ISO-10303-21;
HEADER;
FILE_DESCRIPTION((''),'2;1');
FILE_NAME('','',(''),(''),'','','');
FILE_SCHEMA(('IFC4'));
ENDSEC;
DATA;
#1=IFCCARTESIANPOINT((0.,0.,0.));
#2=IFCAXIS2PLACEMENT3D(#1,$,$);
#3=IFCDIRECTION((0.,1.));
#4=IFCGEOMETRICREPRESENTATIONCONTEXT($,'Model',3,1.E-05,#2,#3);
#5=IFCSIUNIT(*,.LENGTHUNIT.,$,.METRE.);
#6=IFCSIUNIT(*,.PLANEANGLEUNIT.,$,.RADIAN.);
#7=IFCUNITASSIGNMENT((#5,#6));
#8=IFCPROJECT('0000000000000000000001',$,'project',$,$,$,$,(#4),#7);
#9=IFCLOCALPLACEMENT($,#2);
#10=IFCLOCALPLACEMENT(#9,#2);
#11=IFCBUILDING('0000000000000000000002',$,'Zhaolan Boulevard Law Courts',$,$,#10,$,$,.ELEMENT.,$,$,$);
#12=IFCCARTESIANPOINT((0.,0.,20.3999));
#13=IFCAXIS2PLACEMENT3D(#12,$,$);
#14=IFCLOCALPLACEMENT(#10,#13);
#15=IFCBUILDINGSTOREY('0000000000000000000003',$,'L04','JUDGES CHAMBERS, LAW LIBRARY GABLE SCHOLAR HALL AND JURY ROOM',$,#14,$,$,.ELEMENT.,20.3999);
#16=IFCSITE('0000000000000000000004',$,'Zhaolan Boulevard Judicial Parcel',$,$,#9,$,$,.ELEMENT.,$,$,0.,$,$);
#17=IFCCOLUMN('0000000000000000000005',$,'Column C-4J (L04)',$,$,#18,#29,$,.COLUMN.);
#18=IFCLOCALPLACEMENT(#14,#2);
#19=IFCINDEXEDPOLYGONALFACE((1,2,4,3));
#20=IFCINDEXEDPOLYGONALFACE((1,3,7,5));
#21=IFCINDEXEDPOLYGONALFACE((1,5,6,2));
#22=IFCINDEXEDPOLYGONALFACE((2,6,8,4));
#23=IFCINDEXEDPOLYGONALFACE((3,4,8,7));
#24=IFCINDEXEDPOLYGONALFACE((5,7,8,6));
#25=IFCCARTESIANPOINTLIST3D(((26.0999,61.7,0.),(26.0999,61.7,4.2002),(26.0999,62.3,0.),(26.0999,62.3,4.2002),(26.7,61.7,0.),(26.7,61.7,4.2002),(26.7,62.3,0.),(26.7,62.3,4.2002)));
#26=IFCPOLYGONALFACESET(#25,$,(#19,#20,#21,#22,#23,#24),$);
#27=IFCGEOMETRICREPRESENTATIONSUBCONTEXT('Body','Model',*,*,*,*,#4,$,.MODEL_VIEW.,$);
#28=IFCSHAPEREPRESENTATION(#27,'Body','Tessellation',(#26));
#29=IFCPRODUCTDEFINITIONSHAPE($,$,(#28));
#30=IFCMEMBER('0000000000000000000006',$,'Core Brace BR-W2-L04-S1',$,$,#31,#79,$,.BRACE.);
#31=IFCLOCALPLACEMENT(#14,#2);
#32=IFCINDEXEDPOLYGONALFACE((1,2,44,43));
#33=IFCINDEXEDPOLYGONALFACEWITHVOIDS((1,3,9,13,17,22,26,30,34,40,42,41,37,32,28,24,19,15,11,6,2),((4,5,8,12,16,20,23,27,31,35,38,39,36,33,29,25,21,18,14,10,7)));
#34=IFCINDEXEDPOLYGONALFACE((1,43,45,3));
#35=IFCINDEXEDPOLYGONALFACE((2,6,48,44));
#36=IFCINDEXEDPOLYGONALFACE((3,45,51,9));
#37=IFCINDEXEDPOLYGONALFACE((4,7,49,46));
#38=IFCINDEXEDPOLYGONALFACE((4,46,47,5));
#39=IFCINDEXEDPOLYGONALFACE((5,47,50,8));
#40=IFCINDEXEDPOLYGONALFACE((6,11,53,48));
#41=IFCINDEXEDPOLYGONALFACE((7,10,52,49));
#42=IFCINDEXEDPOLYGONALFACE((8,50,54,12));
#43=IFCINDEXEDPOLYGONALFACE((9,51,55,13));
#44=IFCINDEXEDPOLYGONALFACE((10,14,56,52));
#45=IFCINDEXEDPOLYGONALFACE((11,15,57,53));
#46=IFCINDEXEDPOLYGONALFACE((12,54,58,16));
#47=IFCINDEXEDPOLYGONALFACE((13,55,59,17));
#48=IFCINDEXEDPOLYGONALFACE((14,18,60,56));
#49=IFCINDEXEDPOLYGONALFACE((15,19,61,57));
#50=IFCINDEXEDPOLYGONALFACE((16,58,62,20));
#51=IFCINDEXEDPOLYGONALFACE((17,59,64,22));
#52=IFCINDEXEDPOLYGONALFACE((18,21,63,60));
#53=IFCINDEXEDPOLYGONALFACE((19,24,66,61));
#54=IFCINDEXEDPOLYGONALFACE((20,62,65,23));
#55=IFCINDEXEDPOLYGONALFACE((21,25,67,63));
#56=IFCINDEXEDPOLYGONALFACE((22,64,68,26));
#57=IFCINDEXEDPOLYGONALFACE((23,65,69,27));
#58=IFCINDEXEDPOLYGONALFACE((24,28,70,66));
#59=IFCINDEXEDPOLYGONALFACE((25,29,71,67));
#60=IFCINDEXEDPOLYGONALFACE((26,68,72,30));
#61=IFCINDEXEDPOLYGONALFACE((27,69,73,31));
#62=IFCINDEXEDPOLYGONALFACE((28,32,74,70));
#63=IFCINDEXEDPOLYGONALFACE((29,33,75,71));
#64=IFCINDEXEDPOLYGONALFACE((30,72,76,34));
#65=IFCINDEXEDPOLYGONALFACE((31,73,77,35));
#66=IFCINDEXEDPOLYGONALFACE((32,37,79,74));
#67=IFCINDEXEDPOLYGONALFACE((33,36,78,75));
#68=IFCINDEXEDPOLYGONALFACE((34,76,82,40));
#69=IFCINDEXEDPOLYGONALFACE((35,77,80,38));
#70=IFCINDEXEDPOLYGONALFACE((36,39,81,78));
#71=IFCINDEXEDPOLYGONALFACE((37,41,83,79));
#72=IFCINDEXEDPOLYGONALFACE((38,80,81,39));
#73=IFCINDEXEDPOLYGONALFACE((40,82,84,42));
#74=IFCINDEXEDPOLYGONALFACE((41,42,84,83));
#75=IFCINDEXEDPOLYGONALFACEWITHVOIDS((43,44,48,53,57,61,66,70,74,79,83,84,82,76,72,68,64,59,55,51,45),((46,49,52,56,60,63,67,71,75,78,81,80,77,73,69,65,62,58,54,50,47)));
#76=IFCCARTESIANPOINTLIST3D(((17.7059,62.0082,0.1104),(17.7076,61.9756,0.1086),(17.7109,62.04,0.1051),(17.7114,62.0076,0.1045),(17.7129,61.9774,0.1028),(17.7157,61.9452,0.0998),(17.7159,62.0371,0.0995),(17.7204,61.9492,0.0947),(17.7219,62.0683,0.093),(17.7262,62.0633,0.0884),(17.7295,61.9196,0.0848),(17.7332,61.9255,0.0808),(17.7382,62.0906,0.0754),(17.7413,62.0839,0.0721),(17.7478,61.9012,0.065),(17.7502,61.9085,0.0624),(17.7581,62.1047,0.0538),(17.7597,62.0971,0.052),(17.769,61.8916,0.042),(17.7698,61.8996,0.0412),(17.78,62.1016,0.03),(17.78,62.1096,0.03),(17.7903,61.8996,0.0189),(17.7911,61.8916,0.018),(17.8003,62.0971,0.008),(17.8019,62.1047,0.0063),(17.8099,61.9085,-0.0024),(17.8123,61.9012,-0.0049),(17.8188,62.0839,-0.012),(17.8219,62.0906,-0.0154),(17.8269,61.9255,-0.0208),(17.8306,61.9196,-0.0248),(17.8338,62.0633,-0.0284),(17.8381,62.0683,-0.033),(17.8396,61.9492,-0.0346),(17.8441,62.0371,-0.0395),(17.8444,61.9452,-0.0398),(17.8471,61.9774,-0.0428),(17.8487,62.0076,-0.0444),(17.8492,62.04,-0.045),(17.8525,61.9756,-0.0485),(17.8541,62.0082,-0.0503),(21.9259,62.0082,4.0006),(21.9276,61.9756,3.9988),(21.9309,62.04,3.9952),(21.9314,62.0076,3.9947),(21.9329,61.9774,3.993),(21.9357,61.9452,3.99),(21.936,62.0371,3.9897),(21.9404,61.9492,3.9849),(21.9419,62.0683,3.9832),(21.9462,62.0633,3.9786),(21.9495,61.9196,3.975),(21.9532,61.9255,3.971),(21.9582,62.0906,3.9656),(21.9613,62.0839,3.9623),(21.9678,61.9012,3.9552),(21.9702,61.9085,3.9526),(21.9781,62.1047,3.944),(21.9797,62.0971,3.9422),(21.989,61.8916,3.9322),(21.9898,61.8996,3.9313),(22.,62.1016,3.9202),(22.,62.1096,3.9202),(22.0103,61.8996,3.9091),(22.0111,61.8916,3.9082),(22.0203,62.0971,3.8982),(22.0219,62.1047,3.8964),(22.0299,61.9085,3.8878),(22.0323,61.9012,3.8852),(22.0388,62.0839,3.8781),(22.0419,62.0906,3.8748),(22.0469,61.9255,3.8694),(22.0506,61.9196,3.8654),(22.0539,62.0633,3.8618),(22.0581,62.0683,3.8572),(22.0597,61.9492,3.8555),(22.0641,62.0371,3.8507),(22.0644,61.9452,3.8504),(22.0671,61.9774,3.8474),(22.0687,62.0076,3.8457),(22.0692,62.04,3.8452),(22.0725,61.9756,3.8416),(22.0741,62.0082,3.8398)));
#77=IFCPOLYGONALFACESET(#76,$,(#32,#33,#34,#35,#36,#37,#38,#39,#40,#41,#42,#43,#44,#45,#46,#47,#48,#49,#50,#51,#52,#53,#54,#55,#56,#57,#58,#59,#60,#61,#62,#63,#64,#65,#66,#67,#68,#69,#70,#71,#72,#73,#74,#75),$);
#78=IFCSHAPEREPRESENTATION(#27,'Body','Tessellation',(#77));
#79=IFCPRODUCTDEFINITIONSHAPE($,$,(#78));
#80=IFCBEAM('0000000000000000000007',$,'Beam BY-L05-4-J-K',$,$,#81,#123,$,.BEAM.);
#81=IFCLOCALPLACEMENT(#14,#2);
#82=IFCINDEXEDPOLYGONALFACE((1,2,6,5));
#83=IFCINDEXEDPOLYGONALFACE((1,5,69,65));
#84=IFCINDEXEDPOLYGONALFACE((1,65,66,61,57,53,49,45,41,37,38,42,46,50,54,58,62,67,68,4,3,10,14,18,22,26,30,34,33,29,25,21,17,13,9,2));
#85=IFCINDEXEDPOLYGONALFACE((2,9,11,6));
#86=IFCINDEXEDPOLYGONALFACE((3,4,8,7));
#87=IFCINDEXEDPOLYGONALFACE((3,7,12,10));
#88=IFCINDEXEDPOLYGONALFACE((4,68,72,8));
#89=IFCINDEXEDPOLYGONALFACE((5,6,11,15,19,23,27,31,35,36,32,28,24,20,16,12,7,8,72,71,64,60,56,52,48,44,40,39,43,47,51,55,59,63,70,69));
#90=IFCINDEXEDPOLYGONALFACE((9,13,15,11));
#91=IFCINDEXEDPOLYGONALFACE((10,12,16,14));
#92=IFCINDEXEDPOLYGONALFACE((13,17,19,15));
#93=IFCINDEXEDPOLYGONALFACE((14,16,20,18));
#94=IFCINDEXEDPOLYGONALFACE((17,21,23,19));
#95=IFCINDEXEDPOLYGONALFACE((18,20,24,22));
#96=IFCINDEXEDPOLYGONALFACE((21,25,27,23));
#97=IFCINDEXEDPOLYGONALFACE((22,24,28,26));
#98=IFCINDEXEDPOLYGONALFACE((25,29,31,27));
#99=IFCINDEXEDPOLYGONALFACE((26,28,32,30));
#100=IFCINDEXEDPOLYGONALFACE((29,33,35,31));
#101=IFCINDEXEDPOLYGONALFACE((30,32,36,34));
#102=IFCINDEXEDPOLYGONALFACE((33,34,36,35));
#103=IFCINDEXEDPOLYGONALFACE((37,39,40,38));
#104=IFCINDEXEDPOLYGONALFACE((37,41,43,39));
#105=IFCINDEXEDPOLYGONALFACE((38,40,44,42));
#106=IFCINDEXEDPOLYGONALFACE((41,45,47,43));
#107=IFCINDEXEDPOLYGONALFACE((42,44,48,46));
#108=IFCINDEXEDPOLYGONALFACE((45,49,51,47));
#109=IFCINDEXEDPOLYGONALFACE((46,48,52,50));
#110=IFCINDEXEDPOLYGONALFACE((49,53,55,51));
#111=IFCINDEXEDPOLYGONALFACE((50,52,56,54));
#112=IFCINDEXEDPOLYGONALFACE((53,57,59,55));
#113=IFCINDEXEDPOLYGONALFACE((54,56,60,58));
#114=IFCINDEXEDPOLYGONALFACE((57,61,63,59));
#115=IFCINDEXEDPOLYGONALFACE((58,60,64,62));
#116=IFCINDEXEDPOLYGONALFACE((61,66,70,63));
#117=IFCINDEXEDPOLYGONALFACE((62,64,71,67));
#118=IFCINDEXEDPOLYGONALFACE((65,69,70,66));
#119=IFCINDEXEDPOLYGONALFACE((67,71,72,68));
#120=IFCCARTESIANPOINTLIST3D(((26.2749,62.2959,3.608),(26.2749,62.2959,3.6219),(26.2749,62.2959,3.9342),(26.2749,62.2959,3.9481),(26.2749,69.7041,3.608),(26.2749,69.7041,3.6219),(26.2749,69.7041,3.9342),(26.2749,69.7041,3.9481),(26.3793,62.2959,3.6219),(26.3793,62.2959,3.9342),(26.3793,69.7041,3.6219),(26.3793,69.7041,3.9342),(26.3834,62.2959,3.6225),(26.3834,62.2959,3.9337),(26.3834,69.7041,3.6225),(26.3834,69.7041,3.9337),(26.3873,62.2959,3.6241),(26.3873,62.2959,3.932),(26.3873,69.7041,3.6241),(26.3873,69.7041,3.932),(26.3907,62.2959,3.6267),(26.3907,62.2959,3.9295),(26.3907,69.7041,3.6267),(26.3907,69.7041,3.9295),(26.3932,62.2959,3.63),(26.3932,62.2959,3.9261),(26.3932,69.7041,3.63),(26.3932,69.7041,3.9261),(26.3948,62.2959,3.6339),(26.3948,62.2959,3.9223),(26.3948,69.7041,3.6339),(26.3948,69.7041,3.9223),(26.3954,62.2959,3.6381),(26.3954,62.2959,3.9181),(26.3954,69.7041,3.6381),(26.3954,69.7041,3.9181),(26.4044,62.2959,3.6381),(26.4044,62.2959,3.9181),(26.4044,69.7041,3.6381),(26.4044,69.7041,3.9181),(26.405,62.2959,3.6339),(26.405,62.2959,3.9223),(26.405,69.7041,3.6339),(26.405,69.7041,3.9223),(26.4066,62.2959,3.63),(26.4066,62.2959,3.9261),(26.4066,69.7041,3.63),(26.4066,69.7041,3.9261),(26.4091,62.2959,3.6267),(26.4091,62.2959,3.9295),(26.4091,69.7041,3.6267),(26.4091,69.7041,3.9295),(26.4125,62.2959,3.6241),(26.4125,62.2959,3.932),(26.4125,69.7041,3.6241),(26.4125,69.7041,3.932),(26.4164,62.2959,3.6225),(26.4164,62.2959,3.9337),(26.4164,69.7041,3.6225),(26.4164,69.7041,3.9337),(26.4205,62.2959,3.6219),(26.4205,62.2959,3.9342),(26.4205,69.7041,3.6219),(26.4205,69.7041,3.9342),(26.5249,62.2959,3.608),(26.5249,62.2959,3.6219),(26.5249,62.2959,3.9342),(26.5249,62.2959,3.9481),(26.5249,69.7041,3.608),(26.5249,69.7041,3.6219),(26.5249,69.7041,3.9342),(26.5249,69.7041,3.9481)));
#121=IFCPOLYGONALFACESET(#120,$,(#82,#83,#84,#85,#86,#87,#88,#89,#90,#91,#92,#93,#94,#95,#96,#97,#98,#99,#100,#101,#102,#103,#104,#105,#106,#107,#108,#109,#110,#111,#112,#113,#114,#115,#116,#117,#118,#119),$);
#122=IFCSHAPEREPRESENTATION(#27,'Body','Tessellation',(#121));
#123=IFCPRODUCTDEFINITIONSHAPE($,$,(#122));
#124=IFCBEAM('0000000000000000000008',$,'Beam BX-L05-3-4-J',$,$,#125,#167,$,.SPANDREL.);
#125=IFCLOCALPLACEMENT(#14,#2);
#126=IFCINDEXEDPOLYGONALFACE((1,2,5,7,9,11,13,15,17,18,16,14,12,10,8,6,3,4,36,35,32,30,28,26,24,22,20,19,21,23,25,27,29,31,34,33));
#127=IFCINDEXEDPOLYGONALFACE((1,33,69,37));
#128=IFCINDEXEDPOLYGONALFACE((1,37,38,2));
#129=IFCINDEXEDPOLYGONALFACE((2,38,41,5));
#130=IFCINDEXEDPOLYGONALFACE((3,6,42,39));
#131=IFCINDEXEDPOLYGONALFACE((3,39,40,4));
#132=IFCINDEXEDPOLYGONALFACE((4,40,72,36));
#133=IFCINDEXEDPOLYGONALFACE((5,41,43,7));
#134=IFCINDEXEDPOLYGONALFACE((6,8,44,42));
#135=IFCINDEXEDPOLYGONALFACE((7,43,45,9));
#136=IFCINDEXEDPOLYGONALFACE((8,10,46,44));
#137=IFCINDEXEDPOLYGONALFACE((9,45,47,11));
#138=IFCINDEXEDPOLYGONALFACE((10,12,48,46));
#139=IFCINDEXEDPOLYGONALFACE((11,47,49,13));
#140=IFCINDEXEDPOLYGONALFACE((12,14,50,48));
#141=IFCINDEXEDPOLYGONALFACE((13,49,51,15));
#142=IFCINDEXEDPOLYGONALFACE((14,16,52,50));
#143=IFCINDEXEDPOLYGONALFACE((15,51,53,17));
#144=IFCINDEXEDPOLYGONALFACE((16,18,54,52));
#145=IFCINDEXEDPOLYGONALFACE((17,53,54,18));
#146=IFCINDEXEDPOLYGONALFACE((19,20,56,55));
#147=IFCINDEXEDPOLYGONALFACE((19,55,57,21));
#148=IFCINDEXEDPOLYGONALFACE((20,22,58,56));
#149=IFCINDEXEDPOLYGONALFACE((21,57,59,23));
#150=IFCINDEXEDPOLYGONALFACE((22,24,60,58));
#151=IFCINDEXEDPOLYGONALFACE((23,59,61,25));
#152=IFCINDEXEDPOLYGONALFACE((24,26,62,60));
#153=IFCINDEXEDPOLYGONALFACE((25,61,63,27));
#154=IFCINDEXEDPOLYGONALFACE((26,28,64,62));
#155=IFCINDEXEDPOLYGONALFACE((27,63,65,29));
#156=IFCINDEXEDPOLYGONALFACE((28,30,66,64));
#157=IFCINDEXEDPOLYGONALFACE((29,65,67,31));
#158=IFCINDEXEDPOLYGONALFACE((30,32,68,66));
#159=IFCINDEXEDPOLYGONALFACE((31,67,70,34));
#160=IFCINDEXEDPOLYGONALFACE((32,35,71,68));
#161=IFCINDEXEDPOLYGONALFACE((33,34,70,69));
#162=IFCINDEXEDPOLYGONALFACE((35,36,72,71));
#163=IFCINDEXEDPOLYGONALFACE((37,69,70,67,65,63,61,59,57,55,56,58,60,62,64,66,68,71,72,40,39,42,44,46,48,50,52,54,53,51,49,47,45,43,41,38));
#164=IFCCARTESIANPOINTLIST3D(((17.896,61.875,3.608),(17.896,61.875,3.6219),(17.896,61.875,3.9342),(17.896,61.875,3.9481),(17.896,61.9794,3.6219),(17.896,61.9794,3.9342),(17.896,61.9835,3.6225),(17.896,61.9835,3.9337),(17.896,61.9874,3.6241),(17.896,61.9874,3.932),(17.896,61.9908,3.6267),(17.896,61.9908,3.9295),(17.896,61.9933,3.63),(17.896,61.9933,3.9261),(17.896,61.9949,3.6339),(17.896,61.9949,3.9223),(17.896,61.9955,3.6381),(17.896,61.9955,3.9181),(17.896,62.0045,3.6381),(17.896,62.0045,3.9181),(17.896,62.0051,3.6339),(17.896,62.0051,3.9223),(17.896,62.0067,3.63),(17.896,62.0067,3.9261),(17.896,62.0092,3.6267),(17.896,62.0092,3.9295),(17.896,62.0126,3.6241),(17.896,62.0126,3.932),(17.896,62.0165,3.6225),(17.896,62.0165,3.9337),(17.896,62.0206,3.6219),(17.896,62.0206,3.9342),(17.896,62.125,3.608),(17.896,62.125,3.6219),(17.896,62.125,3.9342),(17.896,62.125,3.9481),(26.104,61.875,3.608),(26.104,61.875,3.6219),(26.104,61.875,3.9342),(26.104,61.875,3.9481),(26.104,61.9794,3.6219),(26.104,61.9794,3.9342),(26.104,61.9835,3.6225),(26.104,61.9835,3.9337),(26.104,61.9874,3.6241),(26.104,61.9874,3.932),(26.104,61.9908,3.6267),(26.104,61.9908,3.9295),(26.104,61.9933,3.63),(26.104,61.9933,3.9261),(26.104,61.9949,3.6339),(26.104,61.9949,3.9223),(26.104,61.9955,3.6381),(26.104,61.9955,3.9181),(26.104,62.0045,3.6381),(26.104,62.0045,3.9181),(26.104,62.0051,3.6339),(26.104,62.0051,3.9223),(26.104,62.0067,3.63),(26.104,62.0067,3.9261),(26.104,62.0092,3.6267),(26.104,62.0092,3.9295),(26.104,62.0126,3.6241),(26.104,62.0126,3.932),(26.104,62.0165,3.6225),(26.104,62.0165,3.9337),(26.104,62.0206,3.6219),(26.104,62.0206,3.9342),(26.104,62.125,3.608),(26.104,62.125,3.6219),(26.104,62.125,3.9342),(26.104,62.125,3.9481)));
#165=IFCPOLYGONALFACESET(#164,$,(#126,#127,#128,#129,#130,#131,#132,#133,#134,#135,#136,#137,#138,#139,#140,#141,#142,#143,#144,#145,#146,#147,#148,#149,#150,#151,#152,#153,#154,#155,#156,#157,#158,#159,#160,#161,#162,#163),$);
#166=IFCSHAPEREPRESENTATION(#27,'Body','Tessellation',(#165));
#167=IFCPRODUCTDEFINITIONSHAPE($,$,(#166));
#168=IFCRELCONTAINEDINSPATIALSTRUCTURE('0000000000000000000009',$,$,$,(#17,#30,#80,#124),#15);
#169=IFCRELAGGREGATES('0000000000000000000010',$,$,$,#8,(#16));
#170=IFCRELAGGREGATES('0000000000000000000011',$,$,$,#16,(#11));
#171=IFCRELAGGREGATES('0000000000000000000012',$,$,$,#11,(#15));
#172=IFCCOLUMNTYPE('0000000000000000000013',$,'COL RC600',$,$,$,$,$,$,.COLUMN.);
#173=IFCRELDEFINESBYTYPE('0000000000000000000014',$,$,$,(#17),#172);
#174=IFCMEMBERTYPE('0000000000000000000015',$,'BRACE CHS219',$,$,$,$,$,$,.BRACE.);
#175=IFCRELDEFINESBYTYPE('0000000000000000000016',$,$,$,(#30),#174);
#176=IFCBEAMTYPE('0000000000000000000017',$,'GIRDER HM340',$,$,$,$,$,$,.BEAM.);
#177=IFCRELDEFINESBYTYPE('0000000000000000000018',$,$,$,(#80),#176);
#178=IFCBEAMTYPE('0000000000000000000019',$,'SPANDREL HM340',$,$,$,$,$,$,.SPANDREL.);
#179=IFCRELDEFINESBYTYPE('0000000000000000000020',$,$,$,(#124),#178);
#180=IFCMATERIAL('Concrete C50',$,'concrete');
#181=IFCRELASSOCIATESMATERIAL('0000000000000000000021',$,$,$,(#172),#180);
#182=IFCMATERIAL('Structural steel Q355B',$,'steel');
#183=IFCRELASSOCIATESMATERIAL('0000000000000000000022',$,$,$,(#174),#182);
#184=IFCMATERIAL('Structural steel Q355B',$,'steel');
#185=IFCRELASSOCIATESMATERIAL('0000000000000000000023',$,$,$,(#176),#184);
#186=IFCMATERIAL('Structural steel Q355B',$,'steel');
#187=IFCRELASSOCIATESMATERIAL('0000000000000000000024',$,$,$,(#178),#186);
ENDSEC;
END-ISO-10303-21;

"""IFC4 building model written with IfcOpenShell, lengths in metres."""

from ifc_helpers import new_model, si_unit, direction, frame, origin, origin_2d, place, context, subcontext, project, spatial, rectangle, hollow_circle, i_section, extrude, material, material_profile, profile_set, type_object, element, save


model = new_model("IFC4")

# Units and contexts
model_context = context("Model", 3, precision=1e-05, world=origin(), true_north=direction((0.0, 1.0)))
body_context = subcontext(model_context, "Body", "Model", "MODEL_VIEW")
ifc_project = project(units=[si_unit("LENGTHUNIT", "METRE"), si_unit("PLANEANGLEUNIT", "RADIAN")], contexts=[model_context])

# Site, building, storey
site_placement = place(None, origin())
site = spatial("IfcSite", under=ifc_project, at=site_placement, Name="Zhaolan Boulevard Judicial Parcel", CompositionType="ELEMENT", RefElevation=0.0)
building_placement = place(site_placement, origin())
building = spatial("IfcBuilding", under=site, at=building_placement, Name="Zhaolan Boulevard Law Courts", CompositionType="ELEMENT")
storey_placement = place(building_placement, frame((0.0, 0.0, 20.3999)))
storey = spatial("IfcBuildingStorey", under=building, at=storey_placement, Name="L04", Description="JUDGES CHAMBERS, LAW LIBRARY GABLE SCHOLAR HALL AND JURY ROOM", CompositionType="ELEMENT", Elevation=20.3999)

# Column
ifc_material_1 = material(Name="Concrete C50", Category="concrete")
ifc_material_profile_1 = material_profile(ifc_material_1, rectangle(XDim=0.6001, YDim=0.6001, at=origin_2d()), Name="RC600x600")
ifc_profile_set_1 = profile_set([ifc_material_profile_1], Name="Concrete C50")
column_type = type_object("IfcColumnType", Name="COL RC600", PredefinedType="COLUMN", material=ifc_profile_set_1)
column_placement = place(storey_placement, frame((26.3999, 62.0, 0.0), z_axis=(0.0, 0.0, 1.0), x_axis=(1.0, 0.0, 0.0)))
element("IfcColumn", 1, at=column_placement, inside=storey, type_object=column_type, Name="Column C-4J (L04)", PredefinedType="COLUMN", context=body_context, shape_type="SweptSolid", body=[
    extrude(rectangle(XDim=0.6001, YDim=0.6001, at=origin_2d()), origin(), (0.0, 0.0, 1.0), 4.2002),
])

# Member
ifc_material_2 = material(Name="Structural steel Q355B", Category="steel")
ifc_material_profile_2 = material_profile(ifc_material_2, hollow_circle(Radius=0.1096, WallThickness=0.0081, at=origin_2d()), Name="CHS219x8")
ifc_profile_set_2 = profile_set([ifc_material_profile_2], Name="Structural steel Q355B")
member_type_1 = type_object("IfcMemberType", Name="BRACE CHS219", PredefinedType="BRACE", material=ifc_profile_set_2)
member_1_placement = place(storey_placement, frame((17.78, 62.0, 0.03), z_axis=(0.735257, 0.0, 0.677789), x_axis=(0.0, 1.0, 0.0)))
element("IfcMember", 2, at=member_1_placement, inside=storey, type_object=member_type_1, Name="Core Brace BR-W2-L04-S1", PredefinedType="BRACE", context=body_context, shape_type="SweptSolid", body=[
    extrude(hollow_circle(Radius=0.1096, WallThickness=0.0081, at=origin_2d()), origin(), (0.0, 0.0, 1.0), 5.7395),
])

# Beams
ifc_material_3 = material(Name="Structural steel Q355B", Category="steel")
ifc_material_profile_3 = material_profile(ifc_material_3, i_section(OverallWidth=0.25, OverallDepth=0.3401, WebThickness=0.009, FlangeThickness=0.0139, FilletRadius=0.0161, at=origin_2d()), Name="HM340x250")
ifc_profile_set_3 = profile_set([ifc_material_profile_3], Name="Structural steel Q355B")
beam_type_1 = type_object("IfcBeamType", Name="GIRDER HM340", PredefinedType="BEAM", material=ifc_profile_set_3)
beam_1_placement = place(storey_placement, frame((26.3999, 62.2959, 3.7781), z_axis=(0.0, 1.0, 0.0), x_axis=(-1.0, 0.0, 0.0)))
element("IfcBeam", 3, at=beam_1_placement, inside=storey, type_object=beam_type_1, Name="Beam BY-L05-4-J-K", PredefinedType="BEAM", context=body_context, shape_type="SweptSolid", body=[
    extrude(i_section(OverallWidth=0.25, OverallDepth=0.3401, WebThickness=0.009, FlangeThickness=0.0139, FilletRadius=0.0161, at=origin_2d()), origin(), (0.0, 0.0, 1.0), 7.4082),
])
ifc_material_4 = material(Name="Structural steel Q355B", Category="steel")
ifc_material_profile_4 = material_profile(ifc_material_4, i_section(OverallWidth=0.25, OverallDepth=0.3401, WebThickness=0.009, FlangeThickness=0.0139, FilletRadius=0.0161, at=origin_2d()), Name="HM340x250")
ifc_profile_set_4 = profile_set([ifc_material_profile_4], Name="Structural steel Q355B")
beam_type_2 = type_object("IfcBeamType", Name="SPANDREL HM340", PredefinedType="SPANDREL", material=ifc_profile_set_4)
beam_2_placement = place(storey_placement, frame((17.896, 62.0, 3.7781), z_axis=(1.0, 0.0, 0.0), x_axis=(0.0, 1.0, 0.0)))
element("IfcBeam", 4, at=beam_2_placement, inside=storey, type_object=beam_type_2, Name="Beam BX-L05-3-4-J", PredefinedType="SPANDREL", context=body_context, shape_type="SweptSolid", body=[
    extrude(i_section(OverallWidth=0.25, OverallDepth=0.3401, WebThickness=0.009, FlangeThickness=0.0139, FilletRadius=0.0161, at=origin_2d()), origin(), (0.0, 0.0, 1.0), 8.208),
])

save(model, "model.ifc")
